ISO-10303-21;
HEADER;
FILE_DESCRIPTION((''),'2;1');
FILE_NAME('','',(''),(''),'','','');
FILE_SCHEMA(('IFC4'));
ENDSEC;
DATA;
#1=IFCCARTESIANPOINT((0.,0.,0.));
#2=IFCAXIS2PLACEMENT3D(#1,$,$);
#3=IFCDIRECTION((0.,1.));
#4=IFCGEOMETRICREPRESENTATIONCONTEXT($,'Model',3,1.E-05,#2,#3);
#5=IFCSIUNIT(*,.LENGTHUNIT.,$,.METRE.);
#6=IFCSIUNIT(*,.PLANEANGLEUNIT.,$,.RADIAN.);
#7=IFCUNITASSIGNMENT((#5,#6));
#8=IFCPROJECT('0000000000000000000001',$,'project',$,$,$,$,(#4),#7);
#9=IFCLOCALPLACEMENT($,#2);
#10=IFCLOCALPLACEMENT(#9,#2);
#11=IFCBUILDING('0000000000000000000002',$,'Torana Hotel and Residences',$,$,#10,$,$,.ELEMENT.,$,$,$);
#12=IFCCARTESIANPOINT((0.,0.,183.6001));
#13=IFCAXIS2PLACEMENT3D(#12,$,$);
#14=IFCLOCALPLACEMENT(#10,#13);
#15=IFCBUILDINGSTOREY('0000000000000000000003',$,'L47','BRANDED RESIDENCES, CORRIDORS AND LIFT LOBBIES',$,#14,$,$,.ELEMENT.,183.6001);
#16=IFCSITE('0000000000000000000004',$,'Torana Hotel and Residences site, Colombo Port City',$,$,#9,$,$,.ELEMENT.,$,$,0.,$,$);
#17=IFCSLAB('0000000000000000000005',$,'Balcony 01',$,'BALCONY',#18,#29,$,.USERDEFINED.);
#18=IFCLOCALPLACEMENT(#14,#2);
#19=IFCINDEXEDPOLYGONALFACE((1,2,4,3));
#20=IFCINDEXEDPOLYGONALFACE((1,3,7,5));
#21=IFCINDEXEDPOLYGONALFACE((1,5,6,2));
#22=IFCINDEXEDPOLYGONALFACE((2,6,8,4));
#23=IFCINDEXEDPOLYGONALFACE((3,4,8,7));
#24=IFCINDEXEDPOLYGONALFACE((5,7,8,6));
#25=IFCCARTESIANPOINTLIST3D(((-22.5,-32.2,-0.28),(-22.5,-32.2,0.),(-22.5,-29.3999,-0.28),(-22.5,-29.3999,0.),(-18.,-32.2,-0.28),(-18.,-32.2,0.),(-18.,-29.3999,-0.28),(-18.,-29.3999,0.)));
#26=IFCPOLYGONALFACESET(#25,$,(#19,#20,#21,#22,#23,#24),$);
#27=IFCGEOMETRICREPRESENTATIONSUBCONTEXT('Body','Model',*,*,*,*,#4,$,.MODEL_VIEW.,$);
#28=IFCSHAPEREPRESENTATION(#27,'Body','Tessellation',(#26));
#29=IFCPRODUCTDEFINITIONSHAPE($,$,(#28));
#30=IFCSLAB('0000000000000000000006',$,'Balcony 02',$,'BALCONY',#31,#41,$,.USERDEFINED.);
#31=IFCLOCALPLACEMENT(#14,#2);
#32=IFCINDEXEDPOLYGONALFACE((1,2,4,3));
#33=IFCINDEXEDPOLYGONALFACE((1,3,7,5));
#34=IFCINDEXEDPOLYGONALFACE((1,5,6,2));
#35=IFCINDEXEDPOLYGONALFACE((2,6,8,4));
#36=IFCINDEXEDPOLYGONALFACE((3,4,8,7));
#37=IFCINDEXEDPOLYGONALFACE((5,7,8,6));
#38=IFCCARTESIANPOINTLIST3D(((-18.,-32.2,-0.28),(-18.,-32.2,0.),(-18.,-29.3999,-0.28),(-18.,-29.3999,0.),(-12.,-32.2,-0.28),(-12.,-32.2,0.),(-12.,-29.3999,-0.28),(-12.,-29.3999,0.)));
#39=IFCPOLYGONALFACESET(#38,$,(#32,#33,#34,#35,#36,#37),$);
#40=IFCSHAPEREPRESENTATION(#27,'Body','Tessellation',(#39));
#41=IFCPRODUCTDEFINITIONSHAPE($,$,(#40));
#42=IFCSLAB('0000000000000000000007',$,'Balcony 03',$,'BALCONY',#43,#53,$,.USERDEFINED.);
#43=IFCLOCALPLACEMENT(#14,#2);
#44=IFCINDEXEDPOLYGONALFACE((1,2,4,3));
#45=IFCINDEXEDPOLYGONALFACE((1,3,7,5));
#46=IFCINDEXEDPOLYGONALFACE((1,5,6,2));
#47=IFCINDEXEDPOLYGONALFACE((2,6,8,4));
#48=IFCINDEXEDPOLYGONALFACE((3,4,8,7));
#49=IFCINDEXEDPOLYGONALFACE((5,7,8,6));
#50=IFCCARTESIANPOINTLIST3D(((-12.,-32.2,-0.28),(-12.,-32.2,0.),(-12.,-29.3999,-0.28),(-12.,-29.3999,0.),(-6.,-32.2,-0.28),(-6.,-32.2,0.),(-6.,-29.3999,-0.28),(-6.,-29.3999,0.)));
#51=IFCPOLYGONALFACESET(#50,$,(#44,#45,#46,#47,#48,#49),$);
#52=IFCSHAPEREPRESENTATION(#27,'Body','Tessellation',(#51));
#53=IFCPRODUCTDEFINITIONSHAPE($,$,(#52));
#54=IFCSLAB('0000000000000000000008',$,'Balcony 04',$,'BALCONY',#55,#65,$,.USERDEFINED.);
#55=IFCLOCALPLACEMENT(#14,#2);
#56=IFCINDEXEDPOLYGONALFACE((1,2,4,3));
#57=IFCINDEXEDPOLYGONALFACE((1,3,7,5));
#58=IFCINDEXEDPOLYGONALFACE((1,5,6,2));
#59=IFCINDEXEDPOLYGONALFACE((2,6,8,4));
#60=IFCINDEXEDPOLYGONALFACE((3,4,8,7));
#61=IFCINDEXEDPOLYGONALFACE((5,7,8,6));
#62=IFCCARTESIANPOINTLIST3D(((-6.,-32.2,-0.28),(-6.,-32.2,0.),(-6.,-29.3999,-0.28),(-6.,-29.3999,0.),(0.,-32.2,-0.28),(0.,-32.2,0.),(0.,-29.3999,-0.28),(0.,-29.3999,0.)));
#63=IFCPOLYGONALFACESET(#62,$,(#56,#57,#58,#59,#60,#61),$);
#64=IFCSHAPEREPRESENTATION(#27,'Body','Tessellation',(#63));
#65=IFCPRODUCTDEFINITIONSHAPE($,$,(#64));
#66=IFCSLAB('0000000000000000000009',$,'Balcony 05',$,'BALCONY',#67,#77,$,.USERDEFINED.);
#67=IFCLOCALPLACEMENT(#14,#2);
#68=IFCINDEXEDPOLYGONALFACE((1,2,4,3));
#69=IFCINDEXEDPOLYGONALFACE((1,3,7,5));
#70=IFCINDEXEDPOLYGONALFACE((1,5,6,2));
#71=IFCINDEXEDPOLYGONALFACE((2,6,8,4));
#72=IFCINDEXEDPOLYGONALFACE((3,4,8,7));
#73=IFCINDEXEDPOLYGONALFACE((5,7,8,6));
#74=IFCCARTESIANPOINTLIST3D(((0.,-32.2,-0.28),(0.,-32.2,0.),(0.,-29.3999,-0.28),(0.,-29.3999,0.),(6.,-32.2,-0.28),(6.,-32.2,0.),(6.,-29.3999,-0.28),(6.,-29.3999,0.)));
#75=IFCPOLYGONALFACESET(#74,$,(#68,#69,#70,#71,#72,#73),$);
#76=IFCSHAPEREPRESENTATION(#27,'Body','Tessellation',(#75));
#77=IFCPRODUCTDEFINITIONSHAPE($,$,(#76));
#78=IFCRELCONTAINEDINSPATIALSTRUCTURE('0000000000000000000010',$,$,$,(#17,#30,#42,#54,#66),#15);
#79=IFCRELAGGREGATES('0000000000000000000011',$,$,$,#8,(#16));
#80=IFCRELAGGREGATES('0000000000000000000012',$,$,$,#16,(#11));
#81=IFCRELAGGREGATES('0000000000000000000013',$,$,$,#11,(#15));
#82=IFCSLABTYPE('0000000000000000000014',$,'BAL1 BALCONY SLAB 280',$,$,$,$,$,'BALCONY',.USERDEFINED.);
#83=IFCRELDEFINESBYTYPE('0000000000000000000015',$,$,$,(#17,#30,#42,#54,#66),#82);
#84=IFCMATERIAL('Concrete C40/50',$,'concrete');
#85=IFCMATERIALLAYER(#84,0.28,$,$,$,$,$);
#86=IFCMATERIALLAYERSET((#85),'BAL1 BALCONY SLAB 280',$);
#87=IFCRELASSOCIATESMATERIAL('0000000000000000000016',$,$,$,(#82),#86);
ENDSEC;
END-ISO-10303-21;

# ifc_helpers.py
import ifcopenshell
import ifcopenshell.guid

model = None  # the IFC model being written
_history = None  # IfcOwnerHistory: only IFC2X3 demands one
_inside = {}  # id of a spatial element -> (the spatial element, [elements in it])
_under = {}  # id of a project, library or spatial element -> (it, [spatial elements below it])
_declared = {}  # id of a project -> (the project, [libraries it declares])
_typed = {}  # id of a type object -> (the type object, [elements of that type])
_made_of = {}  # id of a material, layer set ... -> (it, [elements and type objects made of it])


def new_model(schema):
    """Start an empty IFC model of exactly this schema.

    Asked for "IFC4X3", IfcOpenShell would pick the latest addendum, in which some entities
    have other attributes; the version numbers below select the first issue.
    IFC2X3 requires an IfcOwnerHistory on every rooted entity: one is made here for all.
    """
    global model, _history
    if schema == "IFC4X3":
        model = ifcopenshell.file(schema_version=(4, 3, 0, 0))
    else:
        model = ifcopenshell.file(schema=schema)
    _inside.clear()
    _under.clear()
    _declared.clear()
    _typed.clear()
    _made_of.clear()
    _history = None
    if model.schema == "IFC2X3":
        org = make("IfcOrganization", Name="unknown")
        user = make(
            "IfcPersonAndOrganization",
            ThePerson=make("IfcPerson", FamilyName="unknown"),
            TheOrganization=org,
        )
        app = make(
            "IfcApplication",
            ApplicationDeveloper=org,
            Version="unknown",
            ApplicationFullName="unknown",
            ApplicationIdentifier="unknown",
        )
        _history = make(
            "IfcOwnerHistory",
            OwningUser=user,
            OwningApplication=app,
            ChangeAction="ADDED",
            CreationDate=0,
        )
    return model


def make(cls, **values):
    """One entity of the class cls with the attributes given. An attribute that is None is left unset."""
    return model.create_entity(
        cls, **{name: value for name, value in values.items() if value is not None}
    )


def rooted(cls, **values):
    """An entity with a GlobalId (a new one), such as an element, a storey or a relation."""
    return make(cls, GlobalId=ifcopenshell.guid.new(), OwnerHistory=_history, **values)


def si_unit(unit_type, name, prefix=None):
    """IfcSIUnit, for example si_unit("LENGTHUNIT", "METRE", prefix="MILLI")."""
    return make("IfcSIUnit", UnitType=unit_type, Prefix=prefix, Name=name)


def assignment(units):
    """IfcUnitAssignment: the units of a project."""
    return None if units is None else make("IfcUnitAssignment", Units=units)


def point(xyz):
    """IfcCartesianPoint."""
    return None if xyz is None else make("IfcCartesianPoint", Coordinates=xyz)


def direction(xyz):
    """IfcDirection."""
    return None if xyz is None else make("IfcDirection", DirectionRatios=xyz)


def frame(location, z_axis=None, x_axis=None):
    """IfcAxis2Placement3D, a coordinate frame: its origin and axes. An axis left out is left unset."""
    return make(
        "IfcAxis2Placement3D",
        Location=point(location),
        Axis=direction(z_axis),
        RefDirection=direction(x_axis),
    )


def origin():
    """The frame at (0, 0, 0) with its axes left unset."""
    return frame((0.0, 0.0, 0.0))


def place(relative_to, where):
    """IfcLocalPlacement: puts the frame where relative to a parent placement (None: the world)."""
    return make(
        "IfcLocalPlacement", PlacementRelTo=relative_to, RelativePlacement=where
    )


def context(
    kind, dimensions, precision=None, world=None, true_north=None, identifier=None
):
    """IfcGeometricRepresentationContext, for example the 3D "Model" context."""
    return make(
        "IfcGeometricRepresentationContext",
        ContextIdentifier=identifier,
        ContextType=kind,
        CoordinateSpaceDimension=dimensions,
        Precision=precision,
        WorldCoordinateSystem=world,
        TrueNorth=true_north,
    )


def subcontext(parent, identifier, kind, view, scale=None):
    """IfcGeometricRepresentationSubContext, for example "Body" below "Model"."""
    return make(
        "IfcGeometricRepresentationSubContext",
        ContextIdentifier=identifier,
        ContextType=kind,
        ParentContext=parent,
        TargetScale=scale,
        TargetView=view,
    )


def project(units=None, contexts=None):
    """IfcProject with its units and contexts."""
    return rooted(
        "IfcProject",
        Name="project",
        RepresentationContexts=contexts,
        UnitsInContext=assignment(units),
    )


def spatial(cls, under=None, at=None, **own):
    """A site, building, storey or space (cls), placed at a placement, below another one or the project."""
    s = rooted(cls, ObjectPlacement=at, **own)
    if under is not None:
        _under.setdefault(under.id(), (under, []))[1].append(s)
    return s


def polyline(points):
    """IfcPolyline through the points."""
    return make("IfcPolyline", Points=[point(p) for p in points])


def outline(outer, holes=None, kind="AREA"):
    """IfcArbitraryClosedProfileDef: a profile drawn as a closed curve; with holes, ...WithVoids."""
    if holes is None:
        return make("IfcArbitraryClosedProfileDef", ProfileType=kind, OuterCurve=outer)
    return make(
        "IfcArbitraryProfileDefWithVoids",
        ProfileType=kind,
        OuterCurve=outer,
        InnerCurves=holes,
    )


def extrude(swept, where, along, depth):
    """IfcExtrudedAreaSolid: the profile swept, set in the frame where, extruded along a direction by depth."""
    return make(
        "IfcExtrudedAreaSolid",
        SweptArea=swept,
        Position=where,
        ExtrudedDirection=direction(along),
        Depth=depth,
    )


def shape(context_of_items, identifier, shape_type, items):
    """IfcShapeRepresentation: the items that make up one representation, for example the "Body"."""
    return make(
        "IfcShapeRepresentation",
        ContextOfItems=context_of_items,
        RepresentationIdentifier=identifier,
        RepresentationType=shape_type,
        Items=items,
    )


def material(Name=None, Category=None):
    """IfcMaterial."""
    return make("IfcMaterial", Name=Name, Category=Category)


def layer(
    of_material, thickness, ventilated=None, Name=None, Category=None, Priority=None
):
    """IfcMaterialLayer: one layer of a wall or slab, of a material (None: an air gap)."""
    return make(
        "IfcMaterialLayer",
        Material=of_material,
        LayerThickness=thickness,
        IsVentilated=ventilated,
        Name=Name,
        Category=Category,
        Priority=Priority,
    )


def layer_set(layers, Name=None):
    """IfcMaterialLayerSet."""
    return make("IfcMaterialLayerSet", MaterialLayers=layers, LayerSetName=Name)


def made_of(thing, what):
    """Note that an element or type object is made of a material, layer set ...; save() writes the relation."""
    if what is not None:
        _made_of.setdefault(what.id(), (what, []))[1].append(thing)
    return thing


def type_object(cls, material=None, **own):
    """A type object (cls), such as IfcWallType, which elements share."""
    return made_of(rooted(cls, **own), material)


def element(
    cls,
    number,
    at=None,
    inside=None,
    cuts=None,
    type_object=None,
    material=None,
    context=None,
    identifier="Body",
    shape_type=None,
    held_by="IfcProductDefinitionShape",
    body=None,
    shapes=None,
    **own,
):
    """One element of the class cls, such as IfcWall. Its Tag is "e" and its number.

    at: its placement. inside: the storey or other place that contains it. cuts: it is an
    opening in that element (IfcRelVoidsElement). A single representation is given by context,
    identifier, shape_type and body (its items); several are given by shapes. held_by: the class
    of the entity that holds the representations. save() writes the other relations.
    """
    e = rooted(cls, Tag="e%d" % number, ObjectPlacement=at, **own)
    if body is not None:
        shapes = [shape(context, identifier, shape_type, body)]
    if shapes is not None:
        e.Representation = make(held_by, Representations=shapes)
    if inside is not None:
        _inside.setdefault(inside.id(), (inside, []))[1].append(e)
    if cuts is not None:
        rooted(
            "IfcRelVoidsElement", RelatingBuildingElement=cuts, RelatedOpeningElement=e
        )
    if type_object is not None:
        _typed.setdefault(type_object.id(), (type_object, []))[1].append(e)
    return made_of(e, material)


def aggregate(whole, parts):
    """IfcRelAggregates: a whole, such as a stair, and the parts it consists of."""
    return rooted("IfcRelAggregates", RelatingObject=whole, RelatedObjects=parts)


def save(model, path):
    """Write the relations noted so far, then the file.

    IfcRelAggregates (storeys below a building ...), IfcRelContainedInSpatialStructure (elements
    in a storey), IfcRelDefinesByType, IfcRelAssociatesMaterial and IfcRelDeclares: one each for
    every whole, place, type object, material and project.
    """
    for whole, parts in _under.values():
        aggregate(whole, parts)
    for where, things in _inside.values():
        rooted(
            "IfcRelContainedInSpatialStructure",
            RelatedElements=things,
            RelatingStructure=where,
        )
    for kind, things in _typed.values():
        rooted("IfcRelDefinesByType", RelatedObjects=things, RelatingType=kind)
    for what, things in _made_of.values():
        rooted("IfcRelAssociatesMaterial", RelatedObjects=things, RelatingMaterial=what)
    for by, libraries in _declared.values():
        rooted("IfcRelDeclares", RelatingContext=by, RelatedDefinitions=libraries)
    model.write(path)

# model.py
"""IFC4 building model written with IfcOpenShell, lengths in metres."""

from ifc_helpers import new_model, si_unit, direction, frame, origin, place, context, subcontext, project, spatial, polyline, outline, extrude, material, layer, layer_set, type_object, element, save


model = new_model("IFC4")

# Units and contexts
model_context = context("Model", 3, precision=1e-05, world=origin(), true_north=direction((0.0, 1.0)))
body_context = subcontext(model_context, "Body", "Model", "MODEL_VIEW")
ifc_project = project(units=[si_unit("LENGTHUNIT", "METRE"), si_unit("PLANEANGLEUNIT", "RADIAN")], contexts=[model_context])

# Site, building, storey
site_placement = place(None, origin())
site = spatial("IfcSite", under=ifc_project, at=site_placement, Name="Torana Hotel and Residences site, Colombo Port City", CompositionType="ELEMENT", RefElevation=0.0)
building_placement = place(site_placement, origin())
building = spatial("IfcBuilding", under=site, at=building_placement, Name="Torana Hotel and Residences", CompositionType="ELEMENT")
storey_placement = place(building_placement, frame((0.0, 0.0, 183.6001)))
storey = spatial("IfcBuildingStorey", under=building, at=storey_placement, Name="L47", Description="BRANDED RESIDENCES, CORRIDORS AND LIFT LOBBIES", CompositionType="ELEMENT", Elevation=183.6001)

# Slabs
ifc_material_1 = material(Name="Concrete C40/50", Category="concrete")
ifc_layer_1 = layer(ifc_material_1, 0.28)
ifc_layer_set_1 = layer_set([ifc_layer_1], Name="BAL1 BALCONY SLAB 280")
slab_type_1 = type_object("IfcSlabType", Name="BAL1 BALCONY SLAB 280", ElementType="BALCONY", PredefinedType="USERDEFINED", material=ifc_layer_set_1)
slab_1_placement = place(storey_placement, frame((0.0, 0.0, -0.28)))
element("IfcSlab", 1, at=slab_1_placement, inside=storey, type_object=slab_type_1, Name="Balcony 01", ObjectType="BALCONY", PredefinedType="USERDEFINED", context=body_context, shape_type="SweptSolid", body=[
    extrude(outline(polyline([(-22.5, -32.2), (-18.0, -32.2), (-18.0, -29.3999), (-22.5, -29.3999), (-22.5, -32.2)])), origin(), (0.0, 0.0, 1.0), 0.28),
])
slab_2_placement = place(storey_placement, frame((0.0, 0.0, -0.28)))
element("IfcSlab", 2, at=slab_2_placement, inside=storey, type_object=slab_type_1, Name="Balcony 02", ObjectType="BALCONY", PredefinedType="USERDEFINED", context=body_context, shape_type="SweptSolid", body=[
    extrude(outline(polyline([(-18.0, -32.2), (-12.0, -32.2), (-12.0, -29.3999), (-18.0, -29.3999), (-18.0, -32.2)])), origin(), (0.0, 0.0, 1.0), 0.28),
])
slab_3_placement = place(storey_placement, frame((0.0, 0.0, -0.28)))
element("IfcSlab", 3, at=slab_3_placement, inside=storey, type_object=slab_type_1, Name="Balcony 03", ObjectType="BALCONY", PredefinedType="USERDEFINED", context=body_context, shape_type="SweptSolid", body=[
    extrude(outline(polyline([(-12.0, -32.2), (-6.0, -32.2), (-6.0, -29.3999), (-12.0, -29.3999), (-12.0, -32.2)])), origin(), (0.0, 0.0, 1.0), 0.28),
])
slab_4_placement = place(storey_placement, frame((0.0, 0.0, -0.28)))
element("IfcSlab", 4, at=slab_4_placement, inside=storey, type_object=slab_type_1, Name="Balcony 04", ObjectType="BALCONY", PredefinedType="USERDEFINED", context=body_context, shape_type="SweptSolid", body=[
    extrude(outline(polyline([(-6.0, -32.2), (0.0, -32.2), (0.0, -29.3999), (-6.0, -29.3999), (-6.0, -32.2)])), origin(), (0.0, 0.0, 1.0), 0.28),
])
slab_5_placement = place(storey_placement, frame((0.0, 0.0, -0.28)))
element("IfcSlab", 5, at=slab_5_placement, inside=storey, type_object=slab_type_1, Name="Balcony 05", ObjectType="BALCONY", PredefinedType="USERDEFINED", context=body_context, shape_type="SweptSolid", body=[
    extrude(outline(polyline([(0.0, -32.2), (6.0, -32.2), (6.0, -29.3999), (0.0, -29.3999), (0.0, -32.2)])), origin(), (0.0, 0.0, 1.0), 0.28),
])

save(model, "model.ifc")
